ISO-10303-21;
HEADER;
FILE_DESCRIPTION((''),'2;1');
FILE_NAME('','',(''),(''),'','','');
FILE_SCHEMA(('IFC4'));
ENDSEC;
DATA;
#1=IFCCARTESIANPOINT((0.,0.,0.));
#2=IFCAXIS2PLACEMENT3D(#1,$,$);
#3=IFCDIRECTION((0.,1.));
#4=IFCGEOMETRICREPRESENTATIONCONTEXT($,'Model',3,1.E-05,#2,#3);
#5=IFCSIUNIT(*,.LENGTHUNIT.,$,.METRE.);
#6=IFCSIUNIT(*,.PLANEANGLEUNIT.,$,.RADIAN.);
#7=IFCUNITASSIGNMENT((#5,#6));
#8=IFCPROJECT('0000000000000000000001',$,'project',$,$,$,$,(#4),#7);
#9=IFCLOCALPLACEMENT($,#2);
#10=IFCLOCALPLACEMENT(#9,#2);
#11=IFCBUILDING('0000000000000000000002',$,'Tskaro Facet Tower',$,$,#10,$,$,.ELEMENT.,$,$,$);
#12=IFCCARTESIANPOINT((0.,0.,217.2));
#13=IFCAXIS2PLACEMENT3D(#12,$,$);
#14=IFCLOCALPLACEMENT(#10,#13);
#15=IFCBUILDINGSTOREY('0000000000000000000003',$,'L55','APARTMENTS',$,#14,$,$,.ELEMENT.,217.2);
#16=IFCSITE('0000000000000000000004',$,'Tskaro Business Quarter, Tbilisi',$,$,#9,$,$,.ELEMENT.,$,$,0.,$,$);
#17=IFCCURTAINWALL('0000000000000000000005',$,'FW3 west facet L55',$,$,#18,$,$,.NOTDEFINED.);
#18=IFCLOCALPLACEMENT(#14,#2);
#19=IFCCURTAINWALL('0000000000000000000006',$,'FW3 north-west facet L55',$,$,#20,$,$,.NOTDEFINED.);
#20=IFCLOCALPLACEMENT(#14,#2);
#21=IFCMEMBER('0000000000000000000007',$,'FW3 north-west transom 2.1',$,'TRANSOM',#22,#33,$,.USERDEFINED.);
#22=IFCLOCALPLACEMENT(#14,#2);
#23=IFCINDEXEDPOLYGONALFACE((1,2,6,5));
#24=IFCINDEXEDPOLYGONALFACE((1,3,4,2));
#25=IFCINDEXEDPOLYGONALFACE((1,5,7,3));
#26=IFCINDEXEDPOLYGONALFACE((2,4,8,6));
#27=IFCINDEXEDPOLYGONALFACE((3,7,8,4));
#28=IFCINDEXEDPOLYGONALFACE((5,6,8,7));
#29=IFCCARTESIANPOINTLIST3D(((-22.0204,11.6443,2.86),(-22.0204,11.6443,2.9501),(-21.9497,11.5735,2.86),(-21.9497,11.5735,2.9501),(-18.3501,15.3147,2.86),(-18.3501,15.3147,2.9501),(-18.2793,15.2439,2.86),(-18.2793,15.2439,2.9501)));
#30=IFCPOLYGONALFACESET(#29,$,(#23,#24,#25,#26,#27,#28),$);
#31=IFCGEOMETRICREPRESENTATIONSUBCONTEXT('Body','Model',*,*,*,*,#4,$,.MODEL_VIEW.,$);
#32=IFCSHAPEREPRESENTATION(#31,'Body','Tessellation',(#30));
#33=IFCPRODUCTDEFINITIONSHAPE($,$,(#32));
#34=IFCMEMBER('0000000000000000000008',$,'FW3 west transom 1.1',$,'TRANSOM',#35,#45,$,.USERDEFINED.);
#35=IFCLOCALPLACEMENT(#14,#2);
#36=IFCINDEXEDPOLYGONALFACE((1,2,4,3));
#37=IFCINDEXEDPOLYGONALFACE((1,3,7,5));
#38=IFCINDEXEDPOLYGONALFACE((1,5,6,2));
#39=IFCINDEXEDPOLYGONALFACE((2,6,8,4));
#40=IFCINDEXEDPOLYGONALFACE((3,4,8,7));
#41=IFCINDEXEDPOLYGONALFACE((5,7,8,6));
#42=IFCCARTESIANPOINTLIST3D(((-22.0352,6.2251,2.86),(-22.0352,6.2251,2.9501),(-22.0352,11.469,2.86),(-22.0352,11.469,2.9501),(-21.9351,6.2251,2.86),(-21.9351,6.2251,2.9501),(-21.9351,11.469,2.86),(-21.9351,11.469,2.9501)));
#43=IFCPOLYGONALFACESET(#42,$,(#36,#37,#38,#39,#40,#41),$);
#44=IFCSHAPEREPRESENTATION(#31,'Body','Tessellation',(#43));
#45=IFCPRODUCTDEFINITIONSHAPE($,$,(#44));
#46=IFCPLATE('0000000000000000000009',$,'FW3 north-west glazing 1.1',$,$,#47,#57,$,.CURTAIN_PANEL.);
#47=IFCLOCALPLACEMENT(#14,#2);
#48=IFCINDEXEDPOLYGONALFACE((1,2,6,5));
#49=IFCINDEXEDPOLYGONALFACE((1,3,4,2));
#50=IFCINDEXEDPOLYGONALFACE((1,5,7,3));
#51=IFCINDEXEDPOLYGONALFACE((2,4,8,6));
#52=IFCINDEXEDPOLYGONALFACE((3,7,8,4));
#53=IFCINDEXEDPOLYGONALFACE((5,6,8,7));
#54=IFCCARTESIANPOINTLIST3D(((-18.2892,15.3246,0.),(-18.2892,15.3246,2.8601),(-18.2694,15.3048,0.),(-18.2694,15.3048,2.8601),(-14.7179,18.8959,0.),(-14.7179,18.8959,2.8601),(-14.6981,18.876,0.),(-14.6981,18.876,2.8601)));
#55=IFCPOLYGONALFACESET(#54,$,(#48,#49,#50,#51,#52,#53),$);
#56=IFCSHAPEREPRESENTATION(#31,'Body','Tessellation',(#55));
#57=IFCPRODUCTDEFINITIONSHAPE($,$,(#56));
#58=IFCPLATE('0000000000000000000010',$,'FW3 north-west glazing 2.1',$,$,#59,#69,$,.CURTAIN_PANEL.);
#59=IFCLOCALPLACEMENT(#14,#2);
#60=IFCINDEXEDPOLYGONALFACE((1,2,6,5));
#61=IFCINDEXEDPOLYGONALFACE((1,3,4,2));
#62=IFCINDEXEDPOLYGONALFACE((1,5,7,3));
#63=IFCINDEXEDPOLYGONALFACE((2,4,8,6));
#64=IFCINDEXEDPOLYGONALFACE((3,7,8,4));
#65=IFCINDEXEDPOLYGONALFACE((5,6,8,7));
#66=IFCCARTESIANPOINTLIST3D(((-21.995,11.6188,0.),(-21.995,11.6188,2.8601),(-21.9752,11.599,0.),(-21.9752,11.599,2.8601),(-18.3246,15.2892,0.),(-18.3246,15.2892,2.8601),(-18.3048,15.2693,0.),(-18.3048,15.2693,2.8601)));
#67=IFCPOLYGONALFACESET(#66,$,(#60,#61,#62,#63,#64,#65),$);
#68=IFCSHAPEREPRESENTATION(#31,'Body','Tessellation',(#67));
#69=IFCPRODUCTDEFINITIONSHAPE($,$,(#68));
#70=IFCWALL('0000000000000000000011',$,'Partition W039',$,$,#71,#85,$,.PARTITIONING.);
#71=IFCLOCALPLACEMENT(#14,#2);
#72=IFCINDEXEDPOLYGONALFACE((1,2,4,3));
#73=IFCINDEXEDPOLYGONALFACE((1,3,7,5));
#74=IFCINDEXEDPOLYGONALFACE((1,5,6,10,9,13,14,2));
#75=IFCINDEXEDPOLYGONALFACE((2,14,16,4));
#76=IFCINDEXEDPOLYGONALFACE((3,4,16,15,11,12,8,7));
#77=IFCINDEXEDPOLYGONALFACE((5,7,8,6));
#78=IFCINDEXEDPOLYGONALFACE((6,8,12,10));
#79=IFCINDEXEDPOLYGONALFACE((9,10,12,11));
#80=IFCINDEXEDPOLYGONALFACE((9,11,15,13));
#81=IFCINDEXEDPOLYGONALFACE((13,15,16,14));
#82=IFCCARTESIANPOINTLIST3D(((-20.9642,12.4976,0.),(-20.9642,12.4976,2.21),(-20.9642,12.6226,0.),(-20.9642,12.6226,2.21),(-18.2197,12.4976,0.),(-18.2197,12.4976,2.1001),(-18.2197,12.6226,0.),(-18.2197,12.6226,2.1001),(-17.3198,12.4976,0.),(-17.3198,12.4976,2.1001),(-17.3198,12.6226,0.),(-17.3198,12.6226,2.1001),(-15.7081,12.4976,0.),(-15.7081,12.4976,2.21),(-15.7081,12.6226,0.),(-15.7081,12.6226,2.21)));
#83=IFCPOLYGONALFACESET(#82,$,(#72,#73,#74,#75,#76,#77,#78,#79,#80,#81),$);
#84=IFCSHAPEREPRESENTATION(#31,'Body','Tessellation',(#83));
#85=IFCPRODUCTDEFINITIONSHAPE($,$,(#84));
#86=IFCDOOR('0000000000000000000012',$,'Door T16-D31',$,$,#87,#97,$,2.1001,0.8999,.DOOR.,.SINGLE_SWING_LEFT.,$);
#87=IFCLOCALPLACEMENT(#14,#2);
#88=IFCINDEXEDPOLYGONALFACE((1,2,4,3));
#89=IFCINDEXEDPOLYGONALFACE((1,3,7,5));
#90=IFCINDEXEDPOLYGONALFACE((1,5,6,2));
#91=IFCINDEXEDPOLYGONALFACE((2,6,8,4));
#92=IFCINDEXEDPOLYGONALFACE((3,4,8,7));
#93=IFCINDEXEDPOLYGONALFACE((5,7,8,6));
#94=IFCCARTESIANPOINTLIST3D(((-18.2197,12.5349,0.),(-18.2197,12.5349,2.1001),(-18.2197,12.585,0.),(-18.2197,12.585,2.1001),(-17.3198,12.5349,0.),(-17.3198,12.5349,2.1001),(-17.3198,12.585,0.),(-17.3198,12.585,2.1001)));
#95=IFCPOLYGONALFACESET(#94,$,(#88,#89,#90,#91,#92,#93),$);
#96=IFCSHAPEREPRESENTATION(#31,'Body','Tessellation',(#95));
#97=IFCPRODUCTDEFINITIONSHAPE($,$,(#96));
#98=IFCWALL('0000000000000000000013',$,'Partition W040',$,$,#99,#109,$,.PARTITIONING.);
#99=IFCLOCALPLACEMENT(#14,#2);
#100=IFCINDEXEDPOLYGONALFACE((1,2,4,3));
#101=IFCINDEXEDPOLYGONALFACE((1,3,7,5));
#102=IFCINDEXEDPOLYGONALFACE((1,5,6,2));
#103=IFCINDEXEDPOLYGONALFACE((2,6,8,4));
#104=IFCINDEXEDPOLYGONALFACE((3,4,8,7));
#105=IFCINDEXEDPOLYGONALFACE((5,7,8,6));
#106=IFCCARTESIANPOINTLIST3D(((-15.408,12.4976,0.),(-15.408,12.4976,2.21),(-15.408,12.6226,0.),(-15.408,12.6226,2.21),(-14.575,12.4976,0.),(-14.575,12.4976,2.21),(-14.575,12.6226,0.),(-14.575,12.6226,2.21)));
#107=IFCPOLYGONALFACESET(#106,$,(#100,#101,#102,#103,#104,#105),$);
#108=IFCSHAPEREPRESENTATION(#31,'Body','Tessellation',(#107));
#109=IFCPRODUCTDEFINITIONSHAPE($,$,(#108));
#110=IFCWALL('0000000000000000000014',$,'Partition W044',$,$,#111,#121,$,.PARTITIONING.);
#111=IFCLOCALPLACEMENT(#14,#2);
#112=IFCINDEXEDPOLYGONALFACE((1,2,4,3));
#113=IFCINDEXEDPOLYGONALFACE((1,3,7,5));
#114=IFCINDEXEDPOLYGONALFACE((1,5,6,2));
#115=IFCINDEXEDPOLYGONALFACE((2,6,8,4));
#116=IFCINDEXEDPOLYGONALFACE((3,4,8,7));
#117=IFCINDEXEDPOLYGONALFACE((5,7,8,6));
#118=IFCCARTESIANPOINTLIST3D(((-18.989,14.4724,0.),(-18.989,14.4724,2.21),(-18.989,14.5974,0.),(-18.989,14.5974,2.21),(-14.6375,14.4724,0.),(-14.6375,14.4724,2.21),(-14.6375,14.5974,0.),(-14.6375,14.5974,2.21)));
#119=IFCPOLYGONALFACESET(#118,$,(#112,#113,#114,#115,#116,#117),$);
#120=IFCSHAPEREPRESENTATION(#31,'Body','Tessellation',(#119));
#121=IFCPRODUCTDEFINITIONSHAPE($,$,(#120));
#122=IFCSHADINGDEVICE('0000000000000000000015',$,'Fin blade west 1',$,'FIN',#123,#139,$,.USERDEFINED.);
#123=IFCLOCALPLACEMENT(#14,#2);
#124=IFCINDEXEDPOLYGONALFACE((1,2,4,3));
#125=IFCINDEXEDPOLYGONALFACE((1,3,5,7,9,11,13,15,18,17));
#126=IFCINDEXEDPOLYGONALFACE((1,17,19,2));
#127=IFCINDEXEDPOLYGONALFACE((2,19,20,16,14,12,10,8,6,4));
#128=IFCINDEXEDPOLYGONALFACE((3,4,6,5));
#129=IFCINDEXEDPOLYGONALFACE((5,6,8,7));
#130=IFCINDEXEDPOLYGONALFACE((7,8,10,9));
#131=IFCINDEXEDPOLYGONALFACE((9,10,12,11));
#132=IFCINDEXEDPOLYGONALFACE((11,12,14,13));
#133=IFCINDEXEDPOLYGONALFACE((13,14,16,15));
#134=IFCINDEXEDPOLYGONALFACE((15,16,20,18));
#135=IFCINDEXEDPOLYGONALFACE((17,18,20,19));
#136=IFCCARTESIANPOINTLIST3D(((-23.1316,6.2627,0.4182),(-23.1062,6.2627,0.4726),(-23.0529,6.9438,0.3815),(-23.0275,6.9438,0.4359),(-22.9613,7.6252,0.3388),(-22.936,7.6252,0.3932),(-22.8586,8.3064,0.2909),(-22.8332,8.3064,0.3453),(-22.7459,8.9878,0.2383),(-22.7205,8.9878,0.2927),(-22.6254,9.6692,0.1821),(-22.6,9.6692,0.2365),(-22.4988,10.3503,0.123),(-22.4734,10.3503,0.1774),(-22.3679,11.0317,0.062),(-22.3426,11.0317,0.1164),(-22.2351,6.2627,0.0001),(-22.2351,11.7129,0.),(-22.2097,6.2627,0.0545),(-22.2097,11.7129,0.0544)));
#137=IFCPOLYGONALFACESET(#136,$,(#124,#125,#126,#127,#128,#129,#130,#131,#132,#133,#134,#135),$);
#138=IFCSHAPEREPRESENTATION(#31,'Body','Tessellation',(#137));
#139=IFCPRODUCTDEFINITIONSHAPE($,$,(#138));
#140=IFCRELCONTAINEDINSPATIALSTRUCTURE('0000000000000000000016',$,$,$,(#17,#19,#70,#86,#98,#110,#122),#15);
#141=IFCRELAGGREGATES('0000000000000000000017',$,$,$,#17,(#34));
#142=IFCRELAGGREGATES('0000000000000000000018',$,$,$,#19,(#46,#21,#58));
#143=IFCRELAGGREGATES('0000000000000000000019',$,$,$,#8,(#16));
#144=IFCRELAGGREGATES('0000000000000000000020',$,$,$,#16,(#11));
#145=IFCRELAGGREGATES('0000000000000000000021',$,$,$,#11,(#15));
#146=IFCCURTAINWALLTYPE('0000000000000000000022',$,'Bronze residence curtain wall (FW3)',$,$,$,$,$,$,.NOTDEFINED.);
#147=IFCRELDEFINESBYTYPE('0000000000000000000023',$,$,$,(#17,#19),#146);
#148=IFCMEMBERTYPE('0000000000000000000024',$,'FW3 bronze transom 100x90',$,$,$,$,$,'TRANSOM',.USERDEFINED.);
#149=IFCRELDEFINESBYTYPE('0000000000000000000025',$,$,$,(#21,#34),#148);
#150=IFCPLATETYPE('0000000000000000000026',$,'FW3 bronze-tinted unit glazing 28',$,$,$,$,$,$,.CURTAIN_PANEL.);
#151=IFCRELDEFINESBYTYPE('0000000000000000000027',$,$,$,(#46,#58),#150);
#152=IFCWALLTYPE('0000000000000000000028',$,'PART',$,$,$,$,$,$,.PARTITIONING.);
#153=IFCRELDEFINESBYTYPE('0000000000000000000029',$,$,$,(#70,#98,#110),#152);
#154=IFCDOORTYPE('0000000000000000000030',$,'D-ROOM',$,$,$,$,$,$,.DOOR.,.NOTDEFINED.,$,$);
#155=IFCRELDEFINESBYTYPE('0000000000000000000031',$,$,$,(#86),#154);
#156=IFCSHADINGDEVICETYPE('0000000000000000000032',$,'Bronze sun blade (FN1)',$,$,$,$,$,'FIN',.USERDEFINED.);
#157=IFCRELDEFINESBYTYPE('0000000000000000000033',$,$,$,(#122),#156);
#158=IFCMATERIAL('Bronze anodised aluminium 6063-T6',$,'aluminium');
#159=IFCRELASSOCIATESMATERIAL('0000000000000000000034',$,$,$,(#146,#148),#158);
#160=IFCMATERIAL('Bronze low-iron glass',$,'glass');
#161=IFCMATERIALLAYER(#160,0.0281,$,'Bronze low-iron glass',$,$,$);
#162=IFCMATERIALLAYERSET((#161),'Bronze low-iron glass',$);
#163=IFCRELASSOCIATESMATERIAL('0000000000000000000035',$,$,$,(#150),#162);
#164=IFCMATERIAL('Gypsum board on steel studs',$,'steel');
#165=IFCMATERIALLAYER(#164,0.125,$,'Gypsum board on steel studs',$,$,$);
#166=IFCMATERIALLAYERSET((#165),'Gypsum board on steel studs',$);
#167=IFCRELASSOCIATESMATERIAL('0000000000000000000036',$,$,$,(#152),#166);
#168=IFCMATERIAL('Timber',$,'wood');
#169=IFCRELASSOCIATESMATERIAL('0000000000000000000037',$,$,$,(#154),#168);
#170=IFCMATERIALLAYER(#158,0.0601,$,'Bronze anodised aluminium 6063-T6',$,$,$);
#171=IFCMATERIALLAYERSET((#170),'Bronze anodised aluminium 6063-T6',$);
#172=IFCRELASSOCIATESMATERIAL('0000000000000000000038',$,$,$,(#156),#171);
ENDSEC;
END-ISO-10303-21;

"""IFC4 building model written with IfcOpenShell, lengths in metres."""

from ifc_helpers import new_model, si_unit, direction, frame, frame_2d, origin, origin_2d, place, context, subcontext, project, spatial, polyline, rectangle, outline, extrude, material, layer, layer_set, material_profile, profile_set, type_object, element, fill, aggregate, save


model = new_model("IFC4")

# Units and contexts
model_context = context("Model", 3, precision=1e-05, world=origin(), true_north=direction((0.0, 1.0)))
body_context = subcontext(model_context, "Body", "Model", "MODEL_VIEW")
ifc_project = project(units=[si_unit("LENGTHUNIT", "METRE"), si_unit("PLANEANGLEUNIT", "RADIAN")], contexts=[model_context])

# Site, building, storey
site_placement = place(None, origin())
site = spatial("IfcSite", under=ifc_project, at=site_placement, Name="Tskaro Business Quarter, Tbilisi", CompositionType="ELEMENT", RefElevation=0.0)
building_placement = place(site_placement, origin())
building = spatial("IfcBuilding", under=site, at=building_placement, Name="Tskaro Facet Tower", CompositionType="ELEMENT")
storey_placement = place(building_placement, frame((0.0, 0.0, 217.2)))
storey = spatial("IfcBuildingStorey", under=building, at=storey_placement, Name="L55", Description="APARTMENTS", CompositionType="ELEMENT", Elevation=217.2)

# Curtain wall
ifc_material_1 = material(Name="Bronze anodised aluminium 6063-T6", Category="aluminium")
curtain_wall_type = type_object("IfcCurtainWallType", Name="Bronze residence curtain wall (FW3)", PredefinedType="NOTDEFINED", material=ifc_material_1)
curtain_wall_1_placement = place(storey_placement, origin())
curtain_wall_1 = element("IfcCurtainWall", 1, at=curtain_wall_1_placement, inside=storey, type_object=curtain_wall_type, Name="FW3 west facet L55", PredefinedType="NOTDEFINED")

# Curtain wall, member
curtain_wall_2_placement = place(storey_placement, origin())
curtain_wall_2 = element("IfcCurtainWall", 2, at=curtain_wall_2_placement, inside=storey, type_object=curtain_wall_type, Name="FW3 north-west facet L55", PredefinedType="NOTDEFINED")
ifc_material_profile_1 = material_profile(ifc_material_1, rectangle(XDim=0.1001, YDim=0.0901, at=origin_2d()), Name="Transom 100x90")
ifc_profile_set_1 = profile_set([ifc_material_profile_1], Name="Bronze anodised aluminium 6063-T6")
member_type_1 = type_object("IfcMemberType", Name="FW3 bronze transom 100x90", ElementType="TRANSOM", PredefinedType="USERDEFINED", material=ifc_profile_set_1)
member_1_placement = place(storey_placement, frame((-18.3147, 15.2793, 2.905), z_axis=(-0.707107, -0.707107, 0.0), x_axis=(0.707107, -0.707107, 0.0)))
member_1 = element("IfcMember", 3, at=member_1_placement, type_object=member_type_1, Name="FW3 north-west transom 2.1", ObjectType="TRANSOM", PredefinedType="USERDEFINED", context=body_context, shape_type="SweptSolid", body=[
    extrude(rectangle(XDim=0.1001, YDim=0.0901, at=origin_2d()), origin(), (0.0, 0.0, 1.0), 5.1907),
])

# Member
member_2_placement = place(storey_placement, frame((-21.9851, 11.469, 2.905), z_axis=(0.0, -1.0, 0.0), x_axis=(1.0, 0.0, 0.0)))
member_2 = element("IfcMember", 4, at=member_2_placement, type_object=member_type_1, Name="FW3 west transom 1.1", ObjectType="TRANSOM", PredefinedType="USERDEFINED", context=body_context, shape_type="SweptSolid", body=[
    extrude(rectangle(XDim=0.1001, YDim=0.0901, at=origin_2d()), origin(), (0.0, 0.0, 1.0), 5.2439),
])
aggregate(curtain_wall_1, [member_2])

# Plates
ifc_material_2 = material(Name="Bronze low-iron glass", Category="glass")
ifc_layer_1 = layer(ifc_material_2, 0.0281, Name="Bronze low-iron glass")
ifc_layer_set_1 = layer_set([ifc_layer_1], Name="Bronze low-iron glass")
plate_type = type_object("IfcPlateType", Name="FW3 bronze-tinted unit glazing 28", PredefinedType="CURTAIN_PANEL", material=ifc_layer_set_1)
plate_1_placement = place(storey_placement, frame((-16.4937, 17.1003, 0.0), z_axis=(0.0, 0.0, 1.0), x_axis=(-0.707107, -0.707107, 0.0)))
plate_1 = element("IfcPlate", 5, at=plate_1_placement, type_object=plate_type, Name="FW3 north-west glazing 1.1", PredefinedType="CURTAIN_PANEL", context=body_context, shape_type="SweptSolid", body=[
    extrude(rectangle(XDim=5.0505, YDim=0.0281, at=origin_2d()), origin(), (0.0, 0.0, 1.0), 2.8601),
])
plate_2_placement = place(storey_placement, frame((-20.1499, 13.4441, 0.0), z_axis=(0.0, 0.0, 1.0), x_axis=(-0.707107, -0.707107, 0.0)))
plate_2 = element("IfcPlate", 6, at=plate_2_placement, type_object=plate_type, Name="FW3 north-west glazing 2.1", PredefinedType="CURTAIN_PANEL", context=body_context, shape_type="SweptSolid", body=[
    extrude(rectangle(XDim=5.1907, YDim=0.0281, at=origin_2d()), origin(), (0.0, 0.0, 1.0), 2.8601),
])
aggregate(curtain_wall_2, [plate_1, member_1, plate_2])

# Wall, opening, door
ifc_material_3 = material(Name="Gypsum board on steel studs", Category="steel")
ifc_layer_2 = layer(ifc_material_3, 0.125, Name="Gypsum board on steel studs")
ifc_layer_set_2 = layer_set([ifc_layer_2], Name="Gypsum board on steel studs")
wall_type = type_object("IfcWallType", Name="PART", PredefinedType="PARTITIONING", material=ifc_layer_set_2)
wall_1_placement = place(storey_placement, frame((-20.9641, 12.5601, 0.0), z_axis=(0.0, 0.0, 1.0), x_axis=(1.0, 0.0, 0.0)))
wall_1 = element("IfcWall", 7, at=wall_1_placement, inside=storey, type_object=wall_type, Name="Partition W039", PredefinedType="PARTITIONING", context=body_context, shape_type="SweptSolid", body=[
    extrude(rectangle(XDim=5.2561, YDim=0.125, at=frame_2d((2.6279, 0.0))), origin(), (0.0, 0.0, 1.0), 2.21),
])
opening_placement = place(wall_1_placement, frame((2.7444, 0.0, 0.0)))
opening = element("IfcOpeningElement", 8, at=opening_placement, cuts=wall_1, PredefinedType="OPENING", context=body_context, shape_type="SweptSolid", body=[
    extrude(rectangle(XDim=0.8999, YDim=2.1001, at=frame_2d((0.45, 1.05))), frame((0.0, 0.0725, 0.0), z_axis=(0.0, -1.0, 0.0), x_axis=(1.0, 0.0, 0.0)), (0.0, 0.0, 1.0), 0.145),
])
ifc_material_4 = material(Name="Timber", Category="wood")
door_type = type_object("IfcDoorType", Name="D-ROOM", OperationType="NOTDEFINED", PredefinedType="DOOR", material=ifc_material_4)
door_placement = place(opening_placement, origin())
door = element("IfcDoor", 9, at=door_placement, inside=storey, type_object=door_type, Name="Door T16-D31", OperationType="SINGLE_SWING_LEFT", OverallHeight=2.1001, OverallWidth=0.8999, PredefinedType="DOOR", context=body_context, shape_type="SweptSolid", body=[
    extrude(rectangle(XDim=0.8999, YDim=2.1001, at=frame_2d((0.45, 1.05))), frame((0.0, 0.0249, 0.0), z_axis=(0.0, -1.0, 0.0), x_axis=(1.0, 0.0, 0.0)), (0.0, 0.0, 1.0), 0.05),
])
fill(opening, door)

# Walls
wall_2_placement = place(storey_placement, frame((-15.408, 12.5601, 0.0), z_axis=(0.0, 0.0, 1.0), x_axis=(1.0, 0.0, 0.0)))
element("IfcWall", 10, at=wall_2_placement, inside=storey, type_object=wall_type, Name="Partition W040", PredefinedType="PARTITIONING", context=body_context, shape_type="SweptSolid", body=[
    extrude(rectangle(XDim=0.833, YDim=0.125, at=frame_2d((0.4165, 0.0))), origin(), (0.0, 0.0, 1.0), 2.21),
])
wall_3_placement = place(storey_placement, frame((-18.989, 14.5349, 0.0), z_axis=(0.0, 0.0, 1.0), x_axis=(1.0, 0.0, 0.0)))
element("IfcWall", 11, at=wall_3_placement, inside=storey, type_object=wall_type, Name="Partition W044", PredefinedType="PARTITIONING", context=body_context, shape_type="SweptSolid", body=[
    extrude(rectangle(XDim=4.3516, YDim=0.125, at=frame_2d((2.1758, 0.0))), origin(), (0.0, 0.0, 1.0), 2.21),
])

# Shading device
ifc_layer_3 = layer(ifc_material_1, 0.0601, Name="Bronze anodised aluminium 6063-T6")
ifc_layer_set_3 = layer_set([ifc_layer_3], Name="Bronze anodised aluminium 6063-T6")
shading_device_type = type_object("IfcShadingDeviceType", Name="Bronze sun blade (FN1)", ElementType="FIN", PredefinedType="USERDEFINED", material=ifc_layer_set_3)
shading_device_placement = place(storey_placement, frame((-22.2097, 11.7129, 0.0544), z_axis=(0.422646, 0.000021, 0.906295), x_axis=(0.000009, -1.0, 0.000019)))
element("IfcShadingDevice", 12, at=shading_device_placement, inside=storey, type_object=shading_device_type, Name="Fin blade west 1", ObjectType="FIN", PredefinedType="USERDEFINED", context=body_context, shape_type="SweptSolid", body=[
    extrude(outline(polyline([(0.0, 0.0), (5.4502, 0.0), (5.4502, -0.9892), (4.769, -0.9024), (4.0876, -0.8014), (3.4065, -0.688), (2.7251, -0.5636), (2.0437, -0.4307), (1.3625, -0.291), (0.6812, -0.1466), (0.0, 0.0)])), origin(), (0.0, 0.0, -1.0), 0.0601),
])

save(model, "model.ifc")
